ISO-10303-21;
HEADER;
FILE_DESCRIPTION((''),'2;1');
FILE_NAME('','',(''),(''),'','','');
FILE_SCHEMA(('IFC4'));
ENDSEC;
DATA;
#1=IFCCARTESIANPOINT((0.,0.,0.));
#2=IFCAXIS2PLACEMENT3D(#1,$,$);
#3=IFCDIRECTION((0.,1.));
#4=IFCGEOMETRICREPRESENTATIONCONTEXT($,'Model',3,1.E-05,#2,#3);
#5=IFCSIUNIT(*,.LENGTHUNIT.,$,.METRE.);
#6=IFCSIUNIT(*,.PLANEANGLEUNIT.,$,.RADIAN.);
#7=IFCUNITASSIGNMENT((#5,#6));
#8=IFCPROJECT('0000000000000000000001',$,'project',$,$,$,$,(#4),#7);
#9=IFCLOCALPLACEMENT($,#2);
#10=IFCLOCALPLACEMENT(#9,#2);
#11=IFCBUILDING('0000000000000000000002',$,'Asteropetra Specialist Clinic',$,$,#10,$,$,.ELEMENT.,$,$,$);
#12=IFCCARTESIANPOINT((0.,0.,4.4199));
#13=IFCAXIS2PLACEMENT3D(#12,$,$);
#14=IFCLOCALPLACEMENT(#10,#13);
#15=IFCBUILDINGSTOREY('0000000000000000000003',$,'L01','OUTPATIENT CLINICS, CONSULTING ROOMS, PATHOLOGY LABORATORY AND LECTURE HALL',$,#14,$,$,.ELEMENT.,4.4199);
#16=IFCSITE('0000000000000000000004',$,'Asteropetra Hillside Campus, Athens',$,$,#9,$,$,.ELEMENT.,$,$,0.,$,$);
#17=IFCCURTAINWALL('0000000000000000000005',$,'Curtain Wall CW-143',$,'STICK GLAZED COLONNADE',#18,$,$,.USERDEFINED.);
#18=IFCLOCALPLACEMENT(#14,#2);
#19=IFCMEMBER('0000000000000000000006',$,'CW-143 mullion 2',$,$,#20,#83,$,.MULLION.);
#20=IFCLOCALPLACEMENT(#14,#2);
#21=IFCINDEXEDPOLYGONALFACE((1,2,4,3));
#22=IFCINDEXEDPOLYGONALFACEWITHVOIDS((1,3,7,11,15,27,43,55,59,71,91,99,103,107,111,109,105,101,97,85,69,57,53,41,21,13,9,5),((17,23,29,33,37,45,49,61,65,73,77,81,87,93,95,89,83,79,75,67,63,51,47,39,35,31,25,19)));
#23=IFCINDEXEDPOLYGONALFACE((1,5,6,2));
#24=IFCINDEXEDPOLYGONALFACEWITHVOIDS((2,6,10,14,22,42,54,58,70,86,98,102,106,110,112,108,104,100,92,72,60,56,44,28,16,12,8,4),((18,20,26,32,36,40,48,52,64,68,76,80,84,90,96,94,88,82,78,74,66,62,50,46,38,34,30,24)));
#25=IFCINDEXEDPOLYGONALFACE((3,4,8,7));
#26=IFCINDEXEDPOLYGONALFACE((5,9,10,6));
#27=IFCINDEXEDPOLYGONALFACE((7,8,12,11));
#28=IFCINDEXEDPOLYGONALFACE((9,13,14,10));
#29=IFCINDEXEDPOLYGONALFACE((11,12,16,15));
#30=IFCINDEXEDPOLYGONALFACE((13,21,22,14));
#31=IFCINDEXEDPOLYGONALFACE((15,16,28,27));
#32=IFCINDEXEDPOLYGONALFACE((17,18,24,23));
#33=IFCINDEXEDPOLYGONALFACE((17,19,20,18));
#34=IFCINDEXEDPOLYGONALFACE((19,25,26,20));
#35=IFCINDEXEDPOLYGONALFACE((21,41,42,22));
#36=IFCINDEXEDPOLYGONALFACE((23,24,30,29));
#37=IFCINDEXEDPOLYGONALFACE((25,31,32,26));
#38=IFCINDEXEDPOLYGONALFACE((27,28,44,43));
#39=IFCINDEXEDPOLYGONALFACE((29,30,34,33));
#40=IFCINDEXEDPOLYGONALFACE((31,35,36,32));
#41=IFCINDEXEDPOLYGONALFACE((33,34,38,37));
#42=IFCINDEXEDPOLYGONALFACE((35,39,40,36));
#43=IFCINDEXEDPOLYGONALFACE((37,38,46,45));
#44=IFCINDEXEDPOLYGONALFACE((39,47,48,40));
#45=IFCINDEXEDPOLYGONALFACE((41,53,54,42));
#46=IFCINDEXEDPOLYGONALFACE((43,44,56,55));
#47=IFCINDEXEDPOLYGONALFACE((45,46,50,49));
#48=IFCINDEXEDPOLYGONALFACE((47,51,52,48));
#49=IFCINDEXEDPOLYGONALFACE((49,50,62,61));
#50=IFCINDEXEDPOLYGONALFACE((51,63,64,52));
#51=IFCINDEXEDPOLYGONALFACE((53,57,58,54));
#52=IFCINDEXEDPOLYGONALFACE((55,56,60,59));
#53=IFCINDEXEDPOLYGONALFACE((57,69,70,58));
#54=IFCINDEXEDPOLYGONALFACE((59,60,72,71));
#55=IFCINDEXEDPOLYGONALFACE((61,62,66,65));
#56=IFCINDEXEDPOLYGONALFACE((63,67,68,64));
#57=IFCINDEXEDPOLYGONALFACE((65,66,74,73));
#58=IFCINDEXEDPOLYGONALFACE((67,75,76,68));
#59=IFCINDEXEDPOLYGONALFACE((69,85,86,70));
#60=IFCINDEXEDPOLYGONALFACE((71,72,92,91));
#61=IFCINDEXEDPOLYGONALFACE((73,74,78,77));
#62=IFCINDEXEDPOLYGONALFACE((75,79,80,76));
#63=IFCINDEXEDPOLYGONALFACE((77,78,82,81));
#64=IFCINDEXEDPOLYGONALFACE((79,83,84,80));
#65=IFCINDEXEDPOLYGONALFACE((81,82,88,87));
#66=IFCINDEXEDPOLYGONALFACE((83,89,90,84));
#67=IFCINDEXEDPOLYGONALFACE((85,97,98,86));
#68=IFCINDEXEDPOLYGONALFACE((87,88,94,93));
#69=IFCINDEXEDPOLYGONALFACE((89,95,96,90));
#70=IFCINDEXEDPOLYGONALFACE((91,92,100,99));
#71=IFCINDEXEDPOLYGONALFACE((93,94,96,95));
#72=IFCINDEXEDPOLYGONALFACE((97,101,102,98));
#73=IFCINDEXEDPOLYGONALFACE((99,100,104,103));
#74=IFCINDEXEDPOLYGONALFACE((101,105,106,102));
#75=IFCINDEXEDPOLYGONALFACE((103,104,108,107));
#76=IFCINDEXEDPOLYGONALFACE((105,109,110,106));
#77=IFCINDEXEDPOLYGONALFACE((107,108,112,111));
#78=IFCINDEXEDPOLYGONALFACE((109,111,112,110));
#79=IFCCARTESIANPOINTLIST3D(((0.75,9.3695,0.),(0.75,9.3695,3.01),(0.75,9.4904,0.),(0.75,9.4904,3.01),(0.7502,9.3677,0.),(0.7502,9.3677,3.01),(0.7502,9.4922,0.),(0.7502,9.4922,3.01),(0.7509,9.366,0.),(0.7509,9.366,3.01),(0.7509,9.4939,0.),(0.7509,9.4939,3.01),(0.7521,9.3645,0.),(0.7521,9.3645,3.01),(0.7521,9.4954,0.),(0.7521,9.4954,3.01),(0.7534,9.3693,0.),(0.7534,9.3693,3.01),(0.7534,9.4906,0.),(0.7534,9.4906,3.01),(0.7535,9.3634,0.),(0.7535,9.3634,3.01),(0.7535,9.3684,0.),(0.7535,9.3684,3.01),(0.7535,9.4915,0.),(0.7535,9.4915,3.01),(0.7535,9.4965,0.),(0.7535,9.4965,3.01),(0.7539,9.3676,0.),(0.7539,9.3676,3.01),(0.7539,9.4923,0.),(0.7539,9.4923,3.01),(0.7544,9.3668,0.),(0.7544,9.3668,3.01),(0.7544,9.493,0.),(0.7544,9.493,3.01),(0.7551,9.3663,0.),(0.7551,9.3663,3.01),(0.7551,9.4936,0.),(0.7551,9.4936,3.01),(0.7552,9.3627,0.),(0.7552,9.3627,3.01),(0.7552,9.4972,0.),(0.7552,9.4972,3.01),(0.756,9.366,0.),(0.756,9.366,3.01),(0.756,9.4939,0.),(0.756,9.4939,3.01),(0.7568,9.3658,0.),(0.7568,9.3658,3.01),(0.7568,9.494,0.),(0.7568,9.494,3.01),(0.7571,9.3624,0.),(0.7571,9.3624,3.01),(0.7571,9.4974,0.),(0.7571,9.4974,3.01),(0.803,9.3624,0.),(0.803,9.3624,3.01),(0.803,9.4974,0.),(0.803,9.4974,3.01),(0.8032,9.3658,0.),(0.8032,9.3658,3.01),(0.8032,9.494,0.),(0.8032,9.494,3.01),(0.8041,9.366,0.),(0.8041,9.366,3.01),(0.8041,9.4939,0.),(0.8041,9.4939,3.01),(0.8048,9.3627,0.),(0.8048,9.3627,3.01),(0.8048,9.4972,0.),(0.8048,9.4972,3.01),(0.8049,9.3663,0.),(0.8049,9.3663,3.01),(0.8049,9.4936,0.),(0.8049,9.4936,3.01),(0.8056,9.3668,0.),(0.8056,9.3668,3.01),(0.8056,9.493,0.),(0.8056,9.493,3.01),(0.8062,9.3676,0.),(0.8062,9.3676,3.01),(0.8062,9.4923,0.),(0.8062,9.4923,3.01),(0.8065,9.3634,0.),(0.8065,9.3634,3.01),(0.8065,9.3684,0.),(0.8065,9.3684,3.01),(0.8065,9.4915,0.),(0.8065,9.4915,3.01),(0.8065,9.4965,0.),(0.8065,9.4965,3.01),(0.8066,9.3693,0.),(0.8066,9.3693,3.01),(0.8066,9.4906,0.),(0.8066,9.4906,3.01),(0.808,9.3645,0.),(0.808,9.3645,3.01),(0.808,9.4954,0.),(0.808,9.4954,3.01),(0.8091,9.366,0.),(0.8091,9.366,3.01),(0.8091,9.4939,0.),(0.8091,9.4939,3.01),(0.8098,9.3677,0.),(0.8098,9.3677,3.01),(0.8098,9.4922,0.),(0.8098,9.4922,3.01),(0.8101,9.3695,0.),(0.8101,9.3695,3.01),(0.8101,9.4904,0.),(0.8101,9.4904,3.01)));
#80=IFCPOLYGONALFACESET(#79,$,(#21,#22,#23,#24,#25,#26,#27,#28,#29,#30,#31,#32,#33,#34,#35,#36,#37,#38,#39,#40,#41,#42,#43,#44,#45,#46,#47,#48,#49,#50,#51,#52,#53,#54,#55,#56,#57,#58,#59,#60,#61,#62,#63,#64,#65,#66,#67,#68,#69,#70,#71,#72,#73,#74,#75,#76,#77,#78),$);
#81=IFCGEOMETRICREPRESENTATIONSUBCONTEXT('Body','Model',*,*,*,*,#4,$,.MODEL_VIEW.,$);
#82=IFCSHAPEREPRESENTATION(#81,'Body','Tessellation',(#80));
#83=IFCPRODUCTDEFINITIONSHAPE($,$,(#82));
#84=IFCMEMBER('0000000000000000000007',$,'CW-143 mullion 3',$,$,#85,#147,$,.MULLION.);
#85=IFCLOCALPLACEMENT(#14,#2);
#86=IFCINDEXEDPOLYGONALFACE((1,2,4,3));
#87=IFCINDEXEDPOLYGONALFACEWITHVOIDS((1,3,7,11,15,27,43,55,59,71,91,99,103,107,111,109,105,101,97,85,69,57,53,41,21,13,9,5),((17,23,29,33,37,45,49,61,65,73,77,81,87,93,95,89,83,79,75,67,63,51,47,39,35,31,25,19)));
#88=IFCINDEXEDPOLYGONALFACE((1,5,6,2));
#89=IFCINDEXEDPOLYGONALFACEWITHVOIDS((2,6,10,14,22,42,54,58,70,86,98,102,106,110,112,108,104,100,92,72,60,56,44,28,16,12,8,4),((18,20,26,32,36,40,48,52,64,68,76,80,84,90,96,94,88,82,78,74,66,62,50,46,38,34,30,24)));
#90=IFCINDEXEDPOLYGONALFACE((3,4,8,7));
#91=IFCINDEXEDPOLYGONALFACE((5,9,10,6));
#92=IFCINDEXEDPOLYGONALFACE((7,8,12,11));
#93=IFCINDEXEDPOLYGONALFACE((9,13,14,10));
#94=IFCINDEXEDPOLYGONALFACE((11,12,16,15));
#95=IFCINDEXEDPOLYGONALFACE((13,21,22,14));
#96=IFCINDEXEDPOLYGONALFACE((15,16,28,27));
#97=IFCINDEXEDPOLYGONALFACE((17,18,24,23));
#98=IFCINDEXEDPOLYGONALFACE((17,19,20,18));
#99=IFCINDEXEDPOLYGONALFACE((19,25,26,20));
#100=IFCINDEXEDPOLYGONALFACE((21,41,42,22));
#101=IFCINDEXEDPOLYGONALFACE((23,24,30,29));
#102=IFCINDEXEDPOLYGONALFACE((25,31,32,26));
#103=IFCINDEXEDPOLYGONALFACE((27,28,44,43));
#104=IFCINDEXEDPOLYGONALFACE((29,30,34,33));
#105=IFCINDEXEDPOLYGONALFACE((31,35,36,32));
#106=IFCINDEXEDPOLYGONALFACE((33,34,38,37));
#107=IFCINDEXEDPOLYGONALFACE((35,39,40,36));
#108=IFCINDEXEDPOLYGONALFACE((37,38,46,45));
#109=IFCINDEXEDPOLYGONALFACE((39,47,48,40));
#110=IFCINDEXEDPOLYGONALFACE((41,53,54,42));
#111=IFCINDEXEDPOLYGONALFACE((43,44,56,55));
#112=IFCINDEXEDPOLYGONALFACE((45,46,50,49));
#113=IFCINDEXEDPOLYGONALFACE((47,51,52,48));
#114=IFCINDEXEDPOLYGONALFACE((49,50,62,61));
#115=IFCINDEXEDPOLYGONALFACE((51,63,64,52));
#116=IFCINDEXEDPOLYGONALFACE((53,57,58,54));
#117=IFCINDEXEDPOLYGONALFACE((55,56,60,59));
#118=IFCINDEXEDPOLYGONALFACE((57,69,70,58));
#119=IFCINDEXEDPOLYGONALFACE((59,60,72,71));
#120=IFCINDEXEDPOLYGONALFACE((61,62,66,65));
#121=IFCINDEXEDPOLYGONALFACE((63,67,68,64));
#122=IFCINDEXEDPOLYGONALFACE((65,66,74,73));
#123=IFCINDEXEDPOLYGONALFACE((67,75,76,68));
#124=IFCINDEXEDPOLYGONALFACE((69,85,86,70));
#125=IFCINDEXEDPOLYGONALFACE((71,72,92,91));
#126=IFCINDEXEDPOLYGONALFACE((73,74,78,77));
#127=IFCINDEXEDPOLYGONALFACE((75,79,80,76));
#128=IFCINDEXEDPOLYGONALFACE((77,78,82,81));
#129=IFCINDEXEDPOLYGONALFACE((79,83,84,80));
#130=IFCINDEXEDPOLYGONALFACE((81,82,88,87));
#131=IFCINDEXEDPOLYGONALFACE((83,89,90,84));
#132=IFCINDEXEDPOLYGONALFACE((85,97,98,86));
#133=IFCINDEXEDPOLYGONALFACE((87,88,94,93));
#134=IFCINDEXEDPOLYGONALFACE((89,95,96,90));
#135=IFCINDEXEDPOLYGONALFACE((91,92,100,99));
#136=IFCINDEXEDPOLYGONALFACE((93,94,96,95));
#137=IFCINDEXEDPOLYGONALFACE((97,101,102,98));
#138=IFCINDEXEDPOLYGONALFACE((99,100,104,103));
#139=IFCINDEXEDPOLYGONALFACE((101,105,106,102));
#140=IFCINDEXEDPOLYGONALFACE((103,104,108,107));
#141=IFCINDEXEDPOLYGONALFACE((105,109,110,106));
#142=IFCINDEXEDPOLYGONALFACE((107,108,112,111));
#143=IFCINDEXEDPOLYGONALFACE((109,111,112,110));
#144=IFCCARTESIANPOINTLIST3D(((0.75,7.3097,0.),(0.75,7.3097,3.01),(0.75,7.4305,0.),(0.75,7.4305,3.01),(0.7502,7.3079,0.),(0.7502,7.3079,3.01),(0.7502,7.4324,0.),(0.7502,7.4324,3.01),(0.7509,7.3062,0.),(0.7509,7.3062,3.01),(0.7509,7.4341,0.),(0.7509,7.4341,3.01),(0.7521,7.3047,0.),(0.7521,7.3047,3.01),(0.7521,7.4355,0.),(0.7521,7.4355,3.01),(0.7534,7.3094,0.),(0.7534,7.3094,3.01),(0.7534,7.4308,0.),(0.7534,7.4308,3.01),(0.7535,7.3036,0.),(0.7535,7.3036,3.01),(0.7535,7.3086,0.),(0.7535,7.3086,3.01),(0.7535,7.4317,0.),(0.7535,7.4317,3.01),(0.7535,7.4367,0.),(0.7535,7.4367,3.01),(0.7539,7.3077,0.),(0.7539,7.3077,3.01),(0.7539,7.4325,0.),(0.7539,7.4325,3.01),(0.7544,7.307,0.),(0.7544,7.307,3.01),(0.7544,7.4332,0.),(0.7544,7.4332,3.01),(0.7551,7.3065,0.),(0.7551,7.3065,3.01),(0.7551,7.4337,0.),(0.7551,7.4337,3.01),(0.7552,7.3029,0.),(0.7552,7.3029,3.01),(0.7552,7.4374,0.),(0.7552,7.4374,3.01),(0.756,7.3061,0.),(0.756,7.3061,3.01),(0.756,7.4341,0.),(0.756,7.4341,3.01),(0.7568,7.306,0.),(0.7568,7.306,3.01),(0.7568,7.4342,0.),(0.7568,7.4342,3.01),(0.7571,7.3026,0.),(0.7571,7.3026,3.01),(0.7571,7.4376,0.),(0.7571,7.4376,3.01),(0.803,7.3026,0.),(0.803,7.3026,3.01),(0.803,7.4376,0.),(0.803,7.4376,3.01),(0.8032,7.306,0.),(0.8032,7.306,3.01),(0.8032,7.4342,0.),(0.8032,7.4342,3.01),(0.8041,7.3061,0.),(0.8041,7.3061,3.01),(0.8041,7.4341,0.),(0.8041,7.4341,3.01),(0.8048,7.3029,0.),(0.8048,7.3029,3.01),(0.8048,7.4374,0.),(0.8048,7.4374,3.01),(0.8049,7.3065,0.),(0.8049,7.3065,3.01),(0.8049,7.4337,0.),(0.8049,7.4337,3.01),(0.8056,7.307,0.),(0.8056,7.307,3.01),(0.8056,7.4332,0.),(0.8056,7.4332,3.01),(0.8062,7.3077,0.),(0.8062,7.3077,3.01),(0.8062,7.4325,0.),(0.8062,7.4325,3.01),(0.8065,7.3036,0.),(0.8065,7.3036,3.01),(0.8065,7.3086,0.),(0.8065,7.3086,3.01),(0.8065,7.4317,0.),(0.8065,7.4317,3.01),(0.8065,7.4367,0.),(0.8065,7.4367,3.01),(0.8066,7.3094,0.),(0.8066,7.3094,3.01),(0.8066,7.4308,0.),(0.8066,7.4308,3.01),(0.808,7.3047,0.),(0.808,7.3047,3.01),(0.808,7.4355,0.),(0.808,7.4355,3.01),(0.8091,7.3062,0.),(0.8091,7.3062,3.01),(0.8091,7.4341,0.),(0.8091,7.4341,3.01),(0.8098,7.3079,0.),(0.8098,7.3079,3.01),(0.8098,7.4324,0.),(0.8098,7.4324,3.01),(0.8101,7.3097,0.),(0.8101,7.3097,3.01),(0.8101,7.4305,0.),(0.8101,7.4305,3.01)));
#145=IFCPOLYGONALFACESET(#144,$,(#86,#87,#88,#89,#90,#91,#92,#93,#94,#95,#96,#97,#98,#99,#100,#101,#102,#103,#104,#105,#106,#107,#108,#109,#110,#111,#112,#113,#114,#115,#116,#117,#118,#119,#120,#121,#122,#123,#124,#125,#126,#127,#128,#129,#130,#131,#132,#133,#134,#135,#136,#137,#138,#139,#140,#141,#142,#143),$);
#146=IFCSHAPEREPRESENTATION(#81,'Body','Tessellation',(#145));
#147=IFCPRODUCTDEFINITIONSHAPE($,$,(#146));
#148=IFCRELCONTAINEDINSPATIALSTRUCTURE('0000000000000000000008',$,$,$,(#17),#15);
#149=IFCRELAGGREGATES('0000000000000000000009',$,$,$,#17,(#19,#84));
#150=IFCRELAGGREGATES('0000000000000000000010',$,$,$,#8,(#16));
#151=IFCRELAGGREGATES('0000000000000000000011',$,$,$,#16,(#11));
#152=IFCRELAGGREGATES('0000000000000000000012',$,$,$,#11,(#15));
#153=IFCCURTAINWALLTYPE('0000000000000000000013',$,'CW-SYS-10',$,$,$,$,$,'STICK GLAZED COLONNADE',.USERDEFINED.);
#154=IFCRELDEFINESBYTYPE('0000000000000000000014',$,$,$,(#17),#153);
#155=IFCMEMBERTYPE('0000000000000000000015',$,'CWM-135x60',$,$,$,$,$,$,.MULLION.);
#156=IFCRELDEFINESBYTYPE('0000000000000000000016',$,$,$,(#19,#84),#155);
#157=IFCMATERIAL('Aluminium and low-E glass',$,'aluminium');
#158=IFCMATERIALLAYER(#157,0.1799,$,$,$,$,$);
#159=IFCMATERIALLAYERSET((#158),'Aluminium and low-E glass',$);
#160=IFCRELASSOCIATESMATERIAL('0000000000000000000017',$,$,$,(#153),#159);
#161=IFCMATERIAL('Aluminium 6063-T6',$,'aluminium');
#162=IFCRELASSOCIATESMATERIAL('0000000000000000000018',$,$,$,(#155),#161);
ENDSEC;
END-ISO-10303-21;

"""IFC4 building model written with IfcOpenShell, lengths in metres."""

from ifc_helpers import new_model, si_unit, direction, frame, origin, origin_2d, place, context, subcontext, project, spatial, hollow_rectangle, extrude, material, layer, layer_set, material_profile, profile_set, type_object, element, aggregate, save


model = new_model("IFC4")

# Units and contexts
model_context = context("Model", 3, precision=1e-05, world=origin(), true_north=direction((0.0, 1.0)))
body_context = subcontext(model_context, "Body", "Model", "MODEL_VIEW")
ifc_project = project(units=[si_unit("LENGTHUNIT", "METRE"), si_unit("PLANEANGLEUNIT", "RADIAN")], contexts=[model_context])

# Site, building, storey
site_placement = place(None, origin())
site = spatial("IfcSite", under=ifc_project, at=site_placement, Name="Asteropetra Hillside Campus, Athens", CompositionType="ELEMENT", RefElevation=0.0)
building_placement = place(site_placement, origin())
building = spatial("IfcBuilding", under=site, at=building_placement, Name="Asteropetra Specialist Clinic", CompositionType="ELEMENT")
storey_placement = place(building_placement, frame((0.0, 0.0, 4.4199)))
storey = spatial("IfcBuildingStorey", under=building, at=storey_placement, Name="L01", Description="OUTPATIENT CLINICS, CONSULTING ROOMS, PATHOLOGY LABORATORY AND LECTURE HALL", CompositionType="ELEMENT", Elevation=4.4199)

# Curtain wall, members
ifc_material_1 = material(Name="Aluminium and low-E glass", Category="aluminium")
ifc_layer_1 = layer(ifc_material_1, 0.1799)
ifc_layer_set_1 = layer_set([ifc_layer_1], Name="Aluminium and low-E glass")
curtain_wall_type = type_object("IfcCurtainWallType", Name="CW-SYS-10", ElementType="STICK GLAZED COLONNADE", PredefinedType="USERDEFINED", material=ifc_layer_set_1)
curtain_wall_placement = place(storey_placement, origin())
curtain_wall = element("IfcCurtainWall", 1, at=curtain_wall_placement, inside=storey, type_object=curtain_wall_type, Name="Curtain Wall CW-143", ObjectType="STICK GLAZED COLONNADE", PredefinedType="USERDEFINED")
ifc_material_2 = material(Name="Aluminium 6063-T6", Category="aluminium")
ifc_material_profile_1 = material_profile(ifc_material_2, hollow_rectangle(XDim=0.0601, YDim=0.135, WallThickness=0.0034, InnerFilletRadius=0.0034, OuterFilletRadius=0.0071, at=origin_2d()), Name="MUL 135x60x3.5")
ifc_profile_set_1 = profile_set([ifc_material_profile_1], Name="Aluminium 6063-T6")
member_type_1 = type_object("IfcMemberType", Name="CWM-135x60", PredefinedType="MULLION", material=ifc_profile_set_1)
member_1_placement = place(storey_placement, frame((0.78, 9.4299, 0.0), z_axis=(0.0, 0.0, 1.0), x_axis=(1.0, 0.0, 0.0)))
member_1 = element("IfcMember", 2, at=member_1_placement, type_object=member_type_1, Name="CW-143 mullion 2", PredefinedType="MULLION", context=body_context, shape_type="SweptSolid", body=[
    extrude(hollow_rectangle(XDim=0.0601, YDim=0.135, WallThickness=0.0034, InnerFilletRadius=0.0034, OuterFilletRadius=0.0071, at=origin_2d()), origin(), (0.0, 0.0, 1.0), 3.01),
])
member_2_placement = place(storey_placement, frame((0.78, 7.3701, 0.0), z_axis=(0.0, 0.0, 1.0), x_axis=(1.0, 0.0, 0.0)))
member_2 = element("IfcMember", 3, at=member_2_placement, type_object=member_type_1, Name="CW-143 mullion 3", PredefinedType="MULLION", context=body_context, shape_type="SweptSolid", body=[
    extrude(hollow_rectangle(XDim=0.0601, YDim=0.135, WallThickness=0.0034, InnerFilletRadius=0.0034, OuterFilletRadius=0.0071, at=origin_2d()), origin(), (0.0, 0.0, 1.0), 3.01),
])

aggregate(curtain_wall, [member_1, member_2])

save(model, "model.ifc")
